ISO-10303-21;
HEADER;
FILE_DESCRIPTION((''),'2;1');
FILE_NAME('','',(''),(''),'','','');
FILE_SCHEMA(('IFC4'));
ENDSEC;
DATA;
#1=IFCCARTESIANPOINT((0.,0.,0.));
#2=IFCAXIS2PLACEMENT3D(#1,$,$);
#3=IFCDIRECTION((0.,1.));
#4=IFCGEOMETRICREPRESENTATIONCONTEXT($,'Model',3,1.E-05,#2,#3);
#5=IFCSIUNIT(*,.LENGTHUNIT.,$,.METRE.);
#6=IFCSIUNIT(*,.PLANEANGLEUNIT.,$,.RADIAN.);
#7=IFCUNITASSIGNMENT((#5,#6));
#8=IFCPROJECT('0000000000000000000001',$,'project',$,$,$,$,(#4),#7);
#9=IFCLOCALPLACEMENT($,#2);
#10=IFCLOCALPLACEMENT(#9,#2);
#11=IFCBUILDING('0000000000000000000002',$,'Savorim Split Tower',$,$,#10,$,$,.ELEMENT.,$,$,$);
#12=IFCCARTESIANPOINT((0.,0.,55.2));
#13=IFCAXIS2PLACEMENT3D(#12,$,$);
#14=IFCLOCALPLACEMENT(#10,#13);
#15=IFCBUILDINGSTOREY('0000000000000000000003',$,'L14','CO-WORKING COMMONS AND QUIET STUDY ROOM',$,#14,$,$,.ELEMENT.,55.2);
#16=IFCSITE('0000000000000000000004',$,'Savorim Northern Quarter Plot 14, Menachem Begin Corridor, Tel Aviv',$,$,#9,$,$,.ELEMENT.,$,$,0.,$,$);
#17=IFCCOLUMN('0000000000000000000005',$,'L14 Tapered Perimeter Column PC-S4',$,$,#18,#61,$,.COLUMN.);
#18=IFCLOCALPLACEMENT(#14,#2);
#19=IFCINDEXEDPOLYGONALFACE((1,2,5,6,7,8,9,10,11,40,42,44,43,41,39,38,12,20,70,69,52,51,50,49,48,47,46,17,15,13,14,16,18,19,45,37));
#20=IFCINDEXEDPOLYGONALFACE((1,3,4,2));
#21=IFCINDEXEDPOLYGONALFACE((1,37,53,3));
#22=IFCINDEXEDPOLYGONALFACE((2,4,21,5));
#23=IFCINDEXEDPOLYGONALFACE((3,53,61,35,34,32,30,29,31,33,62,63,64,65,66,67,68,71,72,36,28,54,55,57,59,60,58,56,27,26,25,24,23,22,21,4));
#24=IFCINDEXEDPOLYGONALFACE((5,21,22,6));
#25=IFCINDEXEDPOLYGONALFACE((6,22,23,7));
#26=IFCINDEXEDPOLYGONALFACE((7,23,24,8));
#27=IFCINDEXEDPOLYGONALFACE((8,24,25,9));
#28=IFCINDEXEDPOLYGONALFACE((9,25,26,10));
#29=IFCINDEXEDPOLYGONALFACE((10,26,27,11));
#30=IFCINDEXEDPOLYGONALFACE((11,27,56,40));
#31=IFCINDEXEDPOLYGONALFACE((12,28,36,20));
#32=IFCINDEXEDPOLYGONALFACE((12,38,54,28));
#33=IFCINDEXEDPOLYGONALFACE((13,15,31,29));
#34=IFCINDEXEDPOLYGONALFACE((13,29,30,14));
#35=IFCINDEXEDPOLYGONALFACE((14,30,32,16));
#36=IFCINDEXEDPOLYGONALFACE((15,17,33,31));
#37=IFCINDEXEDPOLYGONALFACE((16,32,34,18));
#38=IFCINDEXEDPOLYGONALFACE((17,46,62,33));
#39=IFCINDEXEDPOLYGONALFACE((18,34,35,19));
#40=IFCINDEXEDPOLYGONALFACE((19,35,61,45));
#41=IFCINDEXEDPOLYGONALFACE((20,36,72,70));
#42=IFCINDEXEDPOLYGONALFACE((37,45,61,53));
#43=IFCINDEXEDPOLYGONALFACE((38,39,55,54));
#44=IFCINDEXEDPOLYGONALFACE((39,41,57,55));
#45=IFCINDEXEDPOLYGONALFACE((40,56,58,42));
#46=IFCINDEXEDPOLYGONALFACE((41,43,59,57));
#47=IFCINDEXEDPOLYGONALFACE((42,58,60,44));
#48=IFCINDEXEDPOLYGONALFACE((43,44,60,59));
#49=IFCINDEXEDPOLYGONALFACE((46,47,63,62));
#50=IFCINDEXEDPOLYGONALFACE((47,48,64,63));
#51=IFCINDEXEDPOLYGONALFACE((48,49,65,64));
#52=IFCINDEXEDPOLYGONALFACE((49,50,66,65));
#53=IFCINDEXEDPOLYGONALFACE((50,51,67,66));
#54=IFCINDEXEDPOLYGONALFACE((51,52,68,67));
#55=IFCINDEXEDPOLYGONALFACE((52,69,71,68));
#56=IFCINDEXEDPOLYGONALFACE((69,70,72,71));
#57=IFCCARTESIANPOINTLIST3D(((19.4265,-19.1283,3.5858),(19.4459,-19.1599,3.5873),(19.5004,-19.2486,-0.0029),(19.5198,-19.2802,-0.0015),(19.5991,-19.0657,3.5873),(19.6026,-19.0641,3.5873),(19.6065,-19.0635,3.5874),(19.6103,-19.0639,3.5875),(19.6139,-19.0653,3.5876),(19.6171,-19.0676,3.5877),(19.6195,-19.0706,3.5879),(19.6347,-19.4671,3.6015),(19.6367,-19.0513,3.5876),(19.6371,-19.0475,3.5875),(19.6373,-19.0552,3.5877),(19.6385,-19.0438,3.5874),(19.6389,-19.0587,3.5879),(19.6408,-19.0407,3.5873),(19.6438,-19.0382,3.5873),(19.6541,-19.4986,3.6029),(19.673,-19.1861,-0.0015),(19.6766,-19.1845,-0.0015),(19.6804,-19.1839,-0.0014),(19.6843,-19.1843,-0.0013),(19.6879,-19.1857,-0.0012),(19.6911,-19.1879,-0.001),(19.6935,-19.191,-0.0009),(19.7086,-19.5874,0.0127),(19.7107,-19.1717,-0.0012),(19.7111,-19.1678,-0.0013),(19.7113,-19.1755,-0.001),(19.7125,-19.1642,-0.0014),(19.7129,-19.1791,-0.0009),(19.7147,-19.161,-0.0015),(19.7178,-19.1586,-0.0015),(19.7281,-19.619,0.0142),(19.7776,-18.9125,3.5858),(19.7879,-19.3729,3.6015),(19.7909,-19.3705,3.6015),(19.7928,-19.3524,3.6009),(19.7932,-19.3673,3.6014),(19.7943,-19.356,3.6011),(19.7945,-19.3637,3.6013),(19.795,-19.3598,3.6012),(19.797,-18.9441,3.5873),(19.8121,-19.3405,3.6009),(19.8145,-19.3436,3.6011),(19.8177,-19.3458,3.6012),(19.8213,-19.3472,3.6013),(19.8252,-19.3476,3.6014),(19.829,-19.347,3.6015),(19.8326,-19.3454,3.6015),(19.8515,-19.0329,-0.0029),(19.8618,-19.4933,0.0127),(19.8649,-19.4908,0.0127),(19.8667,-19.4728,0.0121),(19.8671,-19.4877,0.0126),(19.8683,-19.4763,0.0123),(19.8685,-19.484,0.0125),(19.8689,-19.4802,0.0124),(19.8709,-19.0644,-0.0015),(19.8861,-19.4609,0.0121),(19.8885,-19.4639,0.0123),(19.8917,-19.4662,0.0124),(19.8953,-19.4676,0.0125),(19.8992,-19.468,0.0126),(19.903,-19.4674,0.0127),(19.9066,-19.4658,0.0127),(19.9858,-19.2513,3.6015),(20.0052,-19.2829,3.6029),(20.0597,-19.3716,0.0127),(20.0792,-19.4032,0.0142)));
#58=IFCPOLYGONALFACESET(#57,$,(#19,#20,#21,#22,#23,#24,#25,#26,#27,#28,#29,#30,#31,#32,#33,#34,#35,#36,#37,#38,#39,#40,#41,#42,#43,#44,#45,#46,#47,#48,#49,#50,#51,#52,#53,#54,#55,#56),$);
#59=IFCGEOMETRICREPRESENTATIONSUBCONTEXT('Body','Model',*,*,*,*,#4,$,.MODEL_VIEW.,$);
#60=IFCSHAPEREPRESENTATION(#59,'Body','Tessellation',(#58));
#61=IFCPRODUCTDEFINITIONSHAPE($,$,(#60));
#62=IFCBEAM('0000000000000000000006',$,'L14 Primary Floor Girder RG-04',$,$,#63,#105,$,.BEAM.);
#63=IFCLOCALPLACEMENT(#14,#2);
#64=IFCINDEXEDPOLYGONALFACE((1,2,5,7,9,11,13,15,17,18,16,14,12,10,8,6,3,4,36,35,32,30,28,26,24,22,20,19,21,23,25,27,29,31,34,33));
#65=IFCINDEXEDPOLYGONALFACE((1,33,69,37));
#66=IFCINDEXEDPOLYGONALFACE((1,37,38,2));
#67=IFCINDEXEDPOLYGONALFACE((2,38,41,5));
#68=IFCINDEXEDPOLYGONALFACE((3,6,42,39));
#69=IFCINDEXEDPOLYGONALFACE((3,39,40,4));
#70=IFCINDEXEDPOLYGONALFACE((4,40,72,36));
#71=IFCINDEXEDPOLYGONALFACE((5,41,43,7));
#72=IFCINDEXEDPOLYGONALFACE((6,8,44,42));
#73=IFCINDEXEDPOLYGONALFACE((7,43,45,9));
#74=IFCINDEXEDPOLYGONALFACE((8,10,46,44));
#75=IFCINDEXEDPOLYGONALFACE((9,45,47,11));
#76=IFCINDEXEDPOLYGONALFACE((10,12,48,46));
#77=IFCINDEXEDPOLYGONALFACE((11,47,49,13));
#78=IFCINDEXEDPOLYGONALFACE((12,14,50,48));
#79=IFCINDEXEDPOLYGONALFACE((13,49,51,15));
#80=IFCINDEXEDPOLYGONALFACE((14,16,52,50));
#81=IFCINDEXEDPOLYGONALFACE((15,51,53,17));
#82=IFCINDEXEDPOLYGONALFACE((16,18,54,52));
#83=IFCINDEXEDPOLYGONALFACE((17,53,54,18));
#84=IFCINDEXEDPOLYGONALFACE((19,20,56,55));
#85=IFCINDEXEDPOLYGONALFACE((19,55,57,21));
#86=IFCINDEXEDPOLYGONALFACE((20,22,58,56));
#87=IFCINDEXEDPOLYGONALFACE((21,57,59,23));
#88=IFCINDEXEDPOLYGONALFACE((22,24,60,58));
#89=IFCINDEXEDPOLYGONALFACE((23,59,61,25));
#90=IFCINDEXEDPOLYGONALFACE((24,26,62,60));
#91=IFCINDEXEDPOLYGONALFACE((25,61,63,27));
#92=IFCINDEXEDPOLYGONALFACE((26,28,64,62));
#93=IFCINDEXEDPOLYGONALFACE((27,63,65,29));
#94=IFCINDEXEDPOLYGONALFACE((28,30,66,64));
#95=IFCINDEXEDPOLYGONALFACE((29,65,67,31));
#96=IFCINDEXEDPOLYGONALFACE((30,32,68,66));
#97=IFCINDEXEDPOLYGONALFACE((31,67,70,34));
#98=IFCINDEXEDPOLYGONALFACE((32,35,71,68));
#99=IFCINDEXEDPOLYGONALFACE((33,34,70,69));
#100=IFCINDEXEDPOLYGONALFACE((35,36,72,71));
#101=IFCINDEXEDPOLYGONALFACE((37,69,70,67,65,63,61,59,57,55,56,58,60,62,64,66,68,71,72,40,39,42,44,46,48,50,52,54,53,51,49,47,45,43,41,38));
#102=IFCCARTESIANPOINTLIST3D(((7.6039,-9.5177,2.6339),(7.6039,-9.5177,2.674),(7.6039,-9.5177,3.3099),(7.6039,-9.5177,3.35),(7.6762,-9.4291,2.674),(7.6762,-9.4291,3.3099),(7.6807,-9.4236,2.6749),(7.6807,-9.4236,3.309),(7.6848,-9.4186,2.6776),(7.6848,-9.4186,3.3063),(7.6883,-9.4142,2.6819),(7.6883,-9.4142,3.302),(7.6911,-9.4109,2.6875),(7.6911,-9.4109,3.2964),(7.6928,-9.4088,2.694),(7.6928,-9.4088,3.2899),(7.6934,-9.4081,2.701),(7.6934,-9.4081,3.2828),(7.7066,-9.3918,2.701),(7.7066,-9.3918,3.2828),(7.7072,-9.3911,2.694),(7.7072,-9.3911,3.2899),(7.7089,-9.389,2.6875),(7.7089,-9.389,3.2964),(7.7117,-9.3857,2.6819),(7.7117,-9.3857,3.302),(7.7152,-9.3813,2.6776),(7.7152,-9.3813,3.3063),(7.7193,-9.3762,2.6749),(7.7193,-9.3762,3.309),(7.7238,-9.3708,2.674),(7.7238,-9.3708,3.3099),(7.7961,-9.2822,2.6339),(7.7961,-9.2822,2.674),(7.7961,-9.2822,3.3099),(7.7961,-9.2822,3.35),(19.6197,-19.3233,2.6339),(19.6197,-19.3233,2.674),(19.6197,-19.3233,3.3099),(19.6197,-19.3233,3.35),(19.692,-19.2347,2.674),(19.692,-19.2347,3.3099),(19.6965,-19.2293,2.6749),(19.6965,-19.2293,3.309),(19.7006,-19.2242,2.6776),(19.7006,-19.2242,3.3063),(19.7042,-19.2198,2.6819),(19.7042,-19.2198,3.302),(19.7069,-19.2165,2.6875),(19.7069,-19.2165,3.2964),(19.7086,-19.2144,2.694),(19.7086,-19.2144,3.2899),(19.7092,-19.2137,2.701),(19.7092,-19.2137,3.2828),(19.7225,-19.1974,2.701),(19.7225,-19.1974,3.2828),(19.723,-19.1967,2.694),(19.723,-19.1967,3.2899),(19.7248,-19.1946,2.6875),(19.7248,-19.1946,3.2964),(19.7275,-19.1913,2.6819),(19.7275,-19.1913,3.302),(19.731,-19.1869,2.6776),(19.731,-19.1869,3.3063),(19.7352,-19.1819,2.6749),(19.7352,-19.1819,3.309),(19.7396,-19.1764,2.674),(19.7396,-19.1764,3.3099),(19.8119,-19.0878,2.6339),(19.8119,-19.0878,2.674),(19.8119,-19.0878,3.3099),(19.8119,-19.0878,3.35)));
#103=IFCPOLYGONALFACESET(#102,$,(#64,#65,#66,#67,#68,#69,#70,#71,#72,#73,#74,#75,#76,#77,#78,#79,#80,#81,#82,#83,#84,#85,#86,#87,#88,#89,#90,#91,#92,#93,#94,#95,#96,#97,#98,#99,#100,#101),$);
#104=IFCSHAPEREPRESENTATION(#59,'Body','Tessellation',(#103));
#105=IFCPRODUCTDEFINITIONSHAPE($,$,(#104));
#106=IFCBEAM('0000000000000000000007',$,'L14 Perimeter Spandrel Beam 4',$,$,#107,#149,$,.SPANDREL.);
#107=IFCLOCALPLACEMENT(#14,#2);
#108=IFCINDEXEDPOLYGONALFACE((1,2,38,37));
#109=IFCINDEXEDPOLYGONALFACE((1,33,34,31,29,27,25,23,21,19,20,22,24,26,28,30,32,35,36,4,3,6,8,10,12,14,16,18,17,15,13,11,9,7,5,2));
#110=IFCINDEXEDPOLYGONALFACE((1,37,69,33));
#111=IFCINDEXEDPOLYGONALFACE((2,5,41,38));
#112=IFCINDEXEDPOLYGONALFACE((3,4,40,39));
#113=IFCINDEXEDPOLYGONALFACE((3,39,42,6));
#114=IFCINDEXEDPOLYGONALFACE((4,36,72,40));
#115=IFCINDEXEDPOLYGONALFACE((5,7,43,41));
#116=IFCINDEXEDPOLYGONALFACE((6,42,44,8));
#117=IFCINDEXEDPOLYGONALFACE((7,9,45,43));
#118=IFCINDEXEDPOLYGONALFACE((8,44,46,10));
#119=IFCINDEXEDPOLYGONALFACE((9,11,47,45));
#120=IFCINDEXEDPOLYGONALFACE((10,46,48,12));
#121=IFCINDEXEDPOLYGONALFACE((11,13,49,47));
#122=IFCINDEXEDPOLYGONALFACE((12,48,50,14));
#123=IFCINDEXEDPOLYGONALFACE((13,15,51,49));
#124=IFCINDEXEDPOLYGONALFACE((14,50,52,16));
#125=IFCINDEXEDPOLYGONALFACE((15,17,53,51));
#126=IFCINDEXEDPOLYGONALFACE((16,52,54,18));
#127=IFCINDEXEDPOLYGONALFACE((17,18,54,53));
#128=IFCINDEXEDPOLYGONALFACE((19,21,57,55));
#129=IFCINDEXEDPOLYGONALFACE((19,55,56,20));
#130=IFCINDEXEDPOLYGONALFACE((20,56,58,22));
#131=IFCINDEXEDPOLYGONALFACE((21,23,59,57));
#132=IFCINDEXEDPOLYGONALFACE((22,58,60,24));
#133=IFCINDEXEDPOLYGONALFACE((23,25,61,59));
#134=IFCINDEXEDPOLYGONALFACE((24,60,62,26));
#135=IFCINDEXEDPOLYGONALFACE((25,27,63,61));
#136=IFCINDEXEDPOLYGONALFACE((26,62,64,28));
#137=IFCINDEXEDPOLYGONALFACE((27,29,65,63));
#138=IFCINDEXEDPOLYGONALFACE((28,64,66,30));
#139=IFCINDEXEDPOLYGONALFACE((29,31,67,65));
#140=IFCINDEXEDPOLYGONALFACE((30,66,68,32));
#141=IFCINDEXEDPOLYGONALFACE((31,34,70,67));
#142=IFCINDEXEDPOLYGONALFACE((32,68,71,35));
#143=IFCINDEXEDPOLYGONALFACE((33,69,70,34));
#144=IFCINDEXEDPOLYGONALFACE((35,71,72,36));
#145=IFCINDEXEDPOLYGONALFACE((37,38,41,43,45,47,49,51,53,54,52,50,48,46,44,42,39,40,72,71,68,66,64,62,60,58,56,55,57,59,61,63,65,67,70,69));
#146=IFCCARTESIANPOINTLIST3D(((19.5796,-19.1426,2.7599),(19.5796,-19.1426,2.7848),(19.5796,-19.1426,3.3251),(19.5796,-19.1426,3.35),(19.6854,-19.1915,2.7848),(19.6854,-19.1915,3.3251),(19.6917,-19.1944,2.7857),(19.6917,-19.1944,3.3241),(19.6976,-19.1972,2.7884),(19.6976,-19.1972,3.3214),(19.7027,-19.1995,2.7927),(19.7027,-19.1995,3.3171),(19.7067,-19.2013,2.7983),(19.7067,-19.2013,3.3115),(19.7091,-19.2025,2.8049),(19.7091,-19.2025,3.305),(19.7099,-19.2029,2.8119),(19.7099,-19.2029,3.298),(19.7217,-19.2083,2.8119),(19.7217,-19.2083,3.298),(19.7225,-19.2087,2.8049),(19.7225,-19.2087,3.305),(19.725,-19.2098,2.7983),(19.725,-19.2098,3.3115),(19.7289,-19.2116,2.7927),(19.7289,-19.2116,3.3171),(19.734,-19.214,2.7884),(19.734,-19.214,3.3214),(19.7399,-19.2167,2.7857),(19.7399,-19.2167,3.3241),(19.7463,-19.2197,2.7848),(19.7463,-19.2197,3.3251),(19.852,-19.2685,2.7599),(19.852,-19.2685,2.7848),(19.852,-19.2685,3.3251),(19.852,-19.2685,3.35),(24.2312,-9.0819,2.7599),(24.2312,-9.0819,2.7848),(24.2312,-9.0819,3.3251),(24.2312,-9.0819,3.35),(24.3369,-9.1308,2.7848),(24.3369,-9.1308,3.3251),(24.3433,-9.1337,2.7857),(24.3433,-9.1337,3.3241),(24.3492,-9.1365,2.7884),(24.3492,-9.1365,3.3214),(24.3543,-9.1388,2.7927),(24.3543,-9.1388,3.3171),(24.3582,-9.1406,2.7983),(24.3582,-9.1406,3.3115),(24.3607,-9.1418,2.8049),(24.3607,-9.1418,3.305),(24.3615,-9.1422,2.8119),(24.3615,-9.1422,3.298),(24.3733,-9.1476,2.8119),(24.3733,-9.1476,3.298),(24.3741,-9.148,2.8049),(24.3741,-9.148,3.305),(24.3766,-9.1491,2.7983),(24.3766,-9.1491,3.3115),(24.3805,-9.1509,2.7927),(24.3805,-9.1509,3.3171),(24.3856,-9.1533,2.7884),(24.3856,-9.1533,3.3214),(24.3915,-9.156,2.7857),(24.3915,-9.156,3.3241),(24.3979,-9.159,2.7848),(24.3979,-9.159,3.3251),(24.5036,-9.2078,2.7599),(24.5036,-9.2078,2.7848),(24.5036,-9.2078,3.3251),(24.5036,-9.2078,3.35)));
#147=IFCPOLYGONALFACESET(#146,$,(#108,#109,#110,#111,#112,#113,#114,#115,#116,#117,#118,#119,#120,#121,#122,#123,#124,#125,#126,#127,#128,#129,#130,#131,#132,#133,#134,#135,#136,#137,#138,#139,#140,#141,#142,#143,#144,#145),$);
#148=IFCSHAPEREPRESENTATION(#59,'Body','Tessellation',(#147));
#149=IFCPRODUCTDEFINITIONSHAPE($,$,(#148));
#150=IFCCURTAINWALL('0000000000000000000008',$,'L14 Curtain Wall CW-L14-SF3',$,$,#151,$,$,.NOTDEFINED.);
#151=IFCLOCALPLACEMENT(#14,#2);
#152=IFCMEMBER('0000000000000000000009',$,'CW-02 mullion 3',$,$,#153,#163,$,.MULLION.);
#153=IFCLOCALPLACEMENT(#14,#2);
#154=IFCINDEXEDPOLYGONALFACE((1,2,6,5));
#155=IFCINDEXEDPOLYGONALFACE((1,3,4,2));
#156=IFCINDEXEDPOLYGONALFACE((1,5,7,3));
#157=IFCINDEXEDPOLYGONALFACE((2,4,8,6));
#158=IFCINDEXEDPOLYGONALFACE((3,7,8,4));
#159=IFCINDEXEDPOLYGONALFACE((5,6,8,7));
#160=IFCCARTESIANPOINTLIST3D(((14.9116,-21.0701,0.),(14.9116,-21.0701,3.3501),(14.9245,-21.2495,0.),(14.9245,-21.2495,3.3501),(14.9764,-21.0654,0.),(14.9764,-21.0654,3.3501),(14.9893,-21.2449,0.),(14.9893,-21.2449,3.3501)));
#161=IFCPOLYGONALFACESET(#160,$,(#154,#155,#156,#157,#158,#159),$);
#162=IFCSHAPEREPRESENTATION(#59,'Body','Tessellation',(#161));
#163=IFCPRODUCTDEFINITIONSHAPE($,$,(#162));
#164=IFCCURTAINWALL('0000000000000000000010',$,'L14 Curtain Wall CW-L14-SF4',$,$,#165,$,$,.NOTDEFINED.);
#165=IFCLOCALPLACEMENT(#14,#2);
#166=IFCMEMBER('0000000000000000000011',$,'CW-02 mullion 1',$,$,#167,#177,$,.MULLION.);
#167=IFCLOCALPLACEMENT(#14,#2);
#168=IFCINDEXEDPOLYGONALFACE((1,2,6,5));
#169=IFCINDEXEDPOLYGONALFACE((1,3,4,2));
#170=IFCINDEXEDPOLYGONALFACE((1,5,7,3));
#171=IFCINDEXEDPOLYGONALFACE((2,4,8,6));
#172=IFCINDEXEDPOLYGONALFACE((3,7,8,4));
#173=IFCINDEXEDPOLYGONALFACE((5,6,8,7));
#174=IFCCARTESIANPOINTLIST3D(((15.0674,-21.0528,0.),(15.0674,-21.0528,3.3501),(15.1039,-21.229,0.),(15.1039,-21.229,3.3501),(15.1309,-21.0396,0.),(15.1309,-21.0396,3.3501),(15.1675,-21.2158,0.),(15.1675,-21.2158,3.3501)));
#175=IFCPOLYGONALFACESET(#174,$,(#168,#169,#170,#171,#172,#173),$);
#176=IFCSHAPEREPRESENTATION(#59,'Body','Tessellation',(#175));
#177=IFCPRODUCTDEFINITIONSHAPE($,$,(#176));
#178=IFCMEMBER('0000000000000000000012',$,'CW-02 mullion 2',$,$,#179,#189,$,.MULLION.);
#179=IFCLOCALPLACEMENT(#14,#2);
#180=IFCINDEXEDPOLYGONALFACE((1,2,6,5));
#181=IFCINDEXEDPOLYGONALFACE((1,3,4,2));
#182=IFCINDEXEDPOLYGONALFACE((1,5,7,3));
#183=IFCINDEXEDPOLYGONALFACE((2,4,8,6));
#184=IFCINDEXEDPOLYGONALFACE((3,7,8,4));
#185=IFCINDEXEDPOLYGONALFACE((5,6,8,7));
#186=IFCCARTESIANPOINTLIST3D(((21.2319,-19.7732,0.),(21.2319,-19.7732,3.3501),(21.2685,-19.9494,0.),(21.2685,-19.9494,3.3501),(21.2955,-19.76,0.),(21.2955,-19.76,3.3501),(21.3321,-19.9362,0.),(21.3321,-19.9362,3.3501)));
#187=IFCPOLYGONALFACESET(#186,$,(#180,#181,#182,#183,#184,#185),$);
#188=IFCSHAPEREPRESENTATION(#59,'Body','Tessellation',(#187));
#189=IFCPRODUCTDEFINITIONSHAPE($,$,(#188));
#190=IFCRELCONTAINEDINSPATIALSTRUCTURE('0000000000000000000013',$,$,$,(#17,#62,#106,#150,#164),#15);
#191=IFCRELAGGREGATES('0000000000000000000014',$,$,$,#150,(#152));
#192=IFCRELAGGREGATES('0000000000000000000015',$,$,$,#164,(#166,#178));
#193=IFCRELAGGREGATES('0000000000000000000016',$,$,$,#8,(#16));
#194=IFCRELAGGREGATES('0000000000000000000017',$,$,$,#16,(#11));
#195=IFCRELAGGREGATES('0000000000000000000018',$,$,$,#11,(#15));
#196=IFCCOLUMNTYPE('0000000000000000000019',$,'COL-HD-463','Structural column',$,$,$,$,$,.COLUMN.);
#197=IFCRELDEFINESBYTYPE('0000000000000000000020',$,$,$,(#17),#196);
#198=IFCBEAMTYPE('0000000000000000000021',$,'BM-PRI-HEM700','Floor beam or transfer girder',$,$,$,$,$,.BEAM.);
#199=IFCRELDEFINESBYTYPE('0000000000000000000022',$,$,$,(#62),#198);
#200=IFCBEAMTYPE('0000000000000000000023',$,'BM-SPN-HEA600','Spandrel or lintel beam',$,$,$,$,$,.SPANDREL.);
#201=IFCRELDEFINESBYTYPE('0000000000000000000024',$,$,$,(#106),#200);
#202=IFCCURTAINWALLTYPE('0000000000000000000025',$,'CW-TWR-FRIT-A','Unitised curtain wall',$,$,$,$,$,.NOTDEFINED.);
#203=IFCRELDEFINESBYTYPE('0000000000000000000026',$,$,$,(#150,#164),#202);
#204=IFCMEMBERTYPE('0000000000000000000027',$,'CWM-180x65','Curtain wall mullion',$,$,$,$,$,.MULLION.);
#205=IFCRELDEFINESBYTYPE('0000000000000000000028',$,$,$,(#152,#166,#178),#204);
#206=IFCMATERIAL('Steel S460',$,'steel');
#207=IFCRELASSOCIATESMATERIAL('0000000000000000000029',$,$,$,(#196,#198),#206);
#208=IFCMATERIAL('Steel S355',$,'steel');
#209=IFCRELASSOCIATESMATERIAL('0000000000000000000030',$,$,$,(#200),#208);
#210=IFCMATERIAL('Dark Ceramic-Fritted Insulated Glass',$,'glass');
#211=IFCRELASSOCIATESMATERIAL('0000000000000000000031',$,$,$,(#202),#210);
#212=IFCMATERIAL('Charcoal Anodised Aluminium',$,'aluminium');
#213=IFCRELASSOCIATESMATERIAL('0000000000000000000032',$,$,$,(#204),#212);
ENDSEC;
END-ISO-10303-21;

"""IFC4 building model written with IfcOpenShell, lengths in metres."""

from ifc_helpers import new_model, si_unit, direction, frame, origin, origin_2d, place, context, subcontext, project, spatial, rectangle, i_section, extrude, material, material_profile, profile_set, type_object, element, aggregate, save


model = new_model("IFC4")

# Units and contexts
model_context = context("Model", 3, precision=1e-05, world=origin(), true_north=direction((0.0, 1.0)))
body_context = subcontext(model_context, "Body", "Model", "MODEL_VIEW")
ifc_project = project(units=[si_unit("LENGTHUNIT", "METRE"), si_unit("PLANEANGLEUNIT", "RADIAN")], contexts=[model_context])

# Site, building, storey
site_placement = place(None, origin())
site = spatial("IfcSite", under=ifc_project, at=site_placement, Name="Savorim Northern Quarter Plot 14, Menachem Begin Corridor, Tel Aviv", CompositionType="ELEMENT", RefElevation=0.0)
building_placement = place(site_placement, origin())
building = spatial("IfcBuilding", under=site, at=building_placement, Name="Savorim Split Tower", CompositionType="ELEMENT")
storey_placement = place(building_placement, frame((0.0, 0.0, 55.2)))
storey = spatial("IfcBuildingStorey", under=building, at=storey_placement, Name="L14", Description="CO-WORKING COMMONS AND QUIET STUDY ROOM", CompositionType="ELEMENT", Elevation=55.2)

# Column
ifc_material_1 = material(Name="Steel S460", Category="steel")
ifc_material_profile_1 = material_profile(ifc_material_1, i_section(OverallWidth=0.4121, OverallDepth=0.4351, WebThickness=0.0227, FlangeThickness=0.0371, FilletRadius=0.0149, at=origin_2d()), Name="HD 400x463")
ifc_profile_set_1 = profile_set([ifc_material_profile_1], Name="Steel S460")
column_type = type_object("IfcColumnType", Name="COL-HD-463", Description="Structural column", PredefinedType="COLUMN", material=ifc_profile_set_1)
column_placement = place(storey_placement, frame((19.7898, -19.3259, 0.0056), z_axis=(-0.020596, 0.033511, 0.999226), x_axis=(-0.851955, -0.523615, 0.0)))
element("IfcColumn", 1, at=column_placement, inside=storey, type_object=column_type, Name="L14 Tapered Perimeter Column PC-S4", PredefinedType="COLUMN", context=body_context, shape_type="SweptSolid", body=[
    extrude(i_section(OverallWidth=0.4121, OverallDepth=0.4351, WebThickness=0.0227, FlangeThickness=0.0371, FilletRadius=0.0149, at=origin_2d()), origin(), (0.0, 0.0, 1.0), 3.5916),
])

# Beams
ifc_material_profile_2 = material_profile(ifc_material_1, i_section(OverallWidth=0.304, OverallDepth=0.7161, WebThickness=0.021, FlangeThickness=0.04, FilletRadius=0.0271, at=origin_2d()), Name="HE 700 M")
ifc_profile_set_2 = profile_set([ifc_material_profile_2], Name="Steel S460")
beam_type_1 = type_object("IfcBeamType", Name="BM-PRI-HEM700", Description="Floor beam or transfer girder", PredefinedType="BEAM", material=ifc_profile_set_2)
beam_1_placement = place(storey_placement, frame((19.7158, -19.2056, 2.9919), z_axis=(-0.774763, 0.632252, 0.0), x_axis=(-0.632252, -0.774763, 0.0)))
element("IfcBeam", 2, at=beam_1_placement, inside=storey, type_object=beam_type_1, Name="L14 Primary Floor Girder RG-04", PredefinedType="BEAM", context=body_context, shape_type="SweptSolid", body=[
    extrude(i_section(OverallWidth=0.304, OverallDepth=0.7161, WebThickness=0.021, FlangeThickness=0.04, FilletRadius=0.0271, at=origin_2d()), origin(), (0.0, 0.0, 1.0), 15.509),
])
ifc_material_2 = material(Name="Steel S355", Category="steel")
ifc_material_profile_3 = material_profile(ifc_material_2, i_section(OverallWidth=0.3, OverallDepth=0.5901, WebThickness=0.0129, FlangeThickness=0.0249, FilletRadius=0.0271, at=origin_2d()), Name="HEA 600")
ifc_profile_set_3 = profile_set([ifc_material_profile_3], Name="Steel S355")
beam_type_2 = type_object("IfcBeamType", Name="BM-SPN-HEA600", Description="Spandrel or lintel beam", PredefinedType="SPANDREL", material=ifc_profile_set_3)
beam_2_placement = place(storey_placement, frame((19.7158, -19.2056, 3.0549), z_axis=(0.419666, 0.907679, 0.0), x_axis=(-0.907679, 0.419666, 0.0)))
element("IfcBeam", 3, at=beam_2_placement, inside=storey, type_object=beam_type_2, Name="L14 Perimeter Spandrel Beam 4", PredefinedType="SPANDREL", context=body_context, shape_type="SweptSolid", body=[
    extrude(i_section(OverallWidth=0.3, OverallDepth=0.5901, WebThickness=0.0129, FlangeThickness=0.0249, FilletRadius=0.0271, at=origin_2d()), origin(), (0.0, 0.0, 1.0), 11.084),
])

# Curtain wall, member
ifc_material_3 = material(Name="Dark Ceramic-Fritted Insulated Glass", Category="glass")
curtain_wall_type = type_object("IfcCurtainWallType", Name="CW-TWR-FRIT-A", Description="Unitised curtain wall", PredefinedType="NOTDEFINED", material=ifc_material_3)
curtain_wall_1_placement = place(storey_placement, origin())
curtain_wall_1 = element("IfcCurtainWall", 4, at=curtain_wall_1_placement, inside=storey, type_object=curtain_wall_type, Name="L14 Curtain Wall CW-L14-SF3", PredefinedType="NOTDEFINED")
ifc_material_4 = material(Name="Charcoal Anodised Aluminium", Category="aluminium")
ifc_material_profile_4 = material_profile(ifc_material_4, rectangle(XDim=0.1799, YDim=0.0649, at=origin_2d()), Name="ALU-M 180x65")
ifc_profile_set_4 = profile_set([ifc_material_profile_4], Name="Charcoal Anodised Aluminium")
member_type_1 = type_object("IfcMemberType", Name="CWM-180x65", Description="Curtain wall mullion", PredefinedType="MULLION", material=ifc_profile_set_4)
member_1_placement = place(storey_placement, frame((14.9504, -21.1575, 0.0), z_axis=(0.0, 0.0, 1.0), x_axis=(-0.071557, 0.997437, 0.0)))
member_1 = element("IfcMember", 5, at=member_1_placement, type_object=member_type_1, Name="CW-02 mullion 3", PredefinedType="MULLION", context=body_context, shape_type="SweptSolid", body=[
    extrude(rectangle(XDim=0.1799, YDim=0.0649, at=origin_2d()), origin(), (0.0, 0.0, 1.0), 3.3501),
])
aggregate(curtain_wall_1, [member_1])

# Curtain wall, members
curtain_wall_2_placement = place(storey_placement, origin())
curtain_wall_2 = element("IfcCurtainWall", 6, at=curtain_wall_2_placement, inside=storey, type_object=curtain_wall_type, Name="L14 Curtain Wall CW-L14-SF4", PredefinedType="NOTDEFINED")
member_2_placement = place(storey_placement, frame((15.1174, -21.1343, 0.0), z_axis=(0.0, 0.0, 1.0), x_axis=(-0.203214, 0.979134, 0.0)))
member_2 = element("IfcMember", 7, at=member_2_placement, type_object=member_type_1, Name="CW-02 mullion 1", PredefinedType="MULLION", context=body_context, shape_type="SweptSolid", body=[
    extrude(rectangle(XDim=0.1799, YDim=0.0649, at=origin_2d()), origin(), (0.0, 0.0, 1.0), 3.3501),
])
member_3_placement = place(storey_placement, frame((21.282, -19.8547, 0.0), z_axis=(0.0, 0.0, 1.0), x_axis=(-0.203214, 0.979134, 0.0)))
member_3 = element("IfcMember", 8, at=member_3_placement, type_object=member_type_1, Name="CW-02 mullion 2", PredefinedType="MULLION", context=body_context, shape_type="SweptSolid", body=[
    extrude(rectangle(XDim=0.1799, YDim=0.0649, at=origin_2d()), origin(), (0.0, 0.0, 1.0), 3.3501),
])
aggregate(curtain_wall_2, [member_2, member_3])

save(model, "model.ifc")
